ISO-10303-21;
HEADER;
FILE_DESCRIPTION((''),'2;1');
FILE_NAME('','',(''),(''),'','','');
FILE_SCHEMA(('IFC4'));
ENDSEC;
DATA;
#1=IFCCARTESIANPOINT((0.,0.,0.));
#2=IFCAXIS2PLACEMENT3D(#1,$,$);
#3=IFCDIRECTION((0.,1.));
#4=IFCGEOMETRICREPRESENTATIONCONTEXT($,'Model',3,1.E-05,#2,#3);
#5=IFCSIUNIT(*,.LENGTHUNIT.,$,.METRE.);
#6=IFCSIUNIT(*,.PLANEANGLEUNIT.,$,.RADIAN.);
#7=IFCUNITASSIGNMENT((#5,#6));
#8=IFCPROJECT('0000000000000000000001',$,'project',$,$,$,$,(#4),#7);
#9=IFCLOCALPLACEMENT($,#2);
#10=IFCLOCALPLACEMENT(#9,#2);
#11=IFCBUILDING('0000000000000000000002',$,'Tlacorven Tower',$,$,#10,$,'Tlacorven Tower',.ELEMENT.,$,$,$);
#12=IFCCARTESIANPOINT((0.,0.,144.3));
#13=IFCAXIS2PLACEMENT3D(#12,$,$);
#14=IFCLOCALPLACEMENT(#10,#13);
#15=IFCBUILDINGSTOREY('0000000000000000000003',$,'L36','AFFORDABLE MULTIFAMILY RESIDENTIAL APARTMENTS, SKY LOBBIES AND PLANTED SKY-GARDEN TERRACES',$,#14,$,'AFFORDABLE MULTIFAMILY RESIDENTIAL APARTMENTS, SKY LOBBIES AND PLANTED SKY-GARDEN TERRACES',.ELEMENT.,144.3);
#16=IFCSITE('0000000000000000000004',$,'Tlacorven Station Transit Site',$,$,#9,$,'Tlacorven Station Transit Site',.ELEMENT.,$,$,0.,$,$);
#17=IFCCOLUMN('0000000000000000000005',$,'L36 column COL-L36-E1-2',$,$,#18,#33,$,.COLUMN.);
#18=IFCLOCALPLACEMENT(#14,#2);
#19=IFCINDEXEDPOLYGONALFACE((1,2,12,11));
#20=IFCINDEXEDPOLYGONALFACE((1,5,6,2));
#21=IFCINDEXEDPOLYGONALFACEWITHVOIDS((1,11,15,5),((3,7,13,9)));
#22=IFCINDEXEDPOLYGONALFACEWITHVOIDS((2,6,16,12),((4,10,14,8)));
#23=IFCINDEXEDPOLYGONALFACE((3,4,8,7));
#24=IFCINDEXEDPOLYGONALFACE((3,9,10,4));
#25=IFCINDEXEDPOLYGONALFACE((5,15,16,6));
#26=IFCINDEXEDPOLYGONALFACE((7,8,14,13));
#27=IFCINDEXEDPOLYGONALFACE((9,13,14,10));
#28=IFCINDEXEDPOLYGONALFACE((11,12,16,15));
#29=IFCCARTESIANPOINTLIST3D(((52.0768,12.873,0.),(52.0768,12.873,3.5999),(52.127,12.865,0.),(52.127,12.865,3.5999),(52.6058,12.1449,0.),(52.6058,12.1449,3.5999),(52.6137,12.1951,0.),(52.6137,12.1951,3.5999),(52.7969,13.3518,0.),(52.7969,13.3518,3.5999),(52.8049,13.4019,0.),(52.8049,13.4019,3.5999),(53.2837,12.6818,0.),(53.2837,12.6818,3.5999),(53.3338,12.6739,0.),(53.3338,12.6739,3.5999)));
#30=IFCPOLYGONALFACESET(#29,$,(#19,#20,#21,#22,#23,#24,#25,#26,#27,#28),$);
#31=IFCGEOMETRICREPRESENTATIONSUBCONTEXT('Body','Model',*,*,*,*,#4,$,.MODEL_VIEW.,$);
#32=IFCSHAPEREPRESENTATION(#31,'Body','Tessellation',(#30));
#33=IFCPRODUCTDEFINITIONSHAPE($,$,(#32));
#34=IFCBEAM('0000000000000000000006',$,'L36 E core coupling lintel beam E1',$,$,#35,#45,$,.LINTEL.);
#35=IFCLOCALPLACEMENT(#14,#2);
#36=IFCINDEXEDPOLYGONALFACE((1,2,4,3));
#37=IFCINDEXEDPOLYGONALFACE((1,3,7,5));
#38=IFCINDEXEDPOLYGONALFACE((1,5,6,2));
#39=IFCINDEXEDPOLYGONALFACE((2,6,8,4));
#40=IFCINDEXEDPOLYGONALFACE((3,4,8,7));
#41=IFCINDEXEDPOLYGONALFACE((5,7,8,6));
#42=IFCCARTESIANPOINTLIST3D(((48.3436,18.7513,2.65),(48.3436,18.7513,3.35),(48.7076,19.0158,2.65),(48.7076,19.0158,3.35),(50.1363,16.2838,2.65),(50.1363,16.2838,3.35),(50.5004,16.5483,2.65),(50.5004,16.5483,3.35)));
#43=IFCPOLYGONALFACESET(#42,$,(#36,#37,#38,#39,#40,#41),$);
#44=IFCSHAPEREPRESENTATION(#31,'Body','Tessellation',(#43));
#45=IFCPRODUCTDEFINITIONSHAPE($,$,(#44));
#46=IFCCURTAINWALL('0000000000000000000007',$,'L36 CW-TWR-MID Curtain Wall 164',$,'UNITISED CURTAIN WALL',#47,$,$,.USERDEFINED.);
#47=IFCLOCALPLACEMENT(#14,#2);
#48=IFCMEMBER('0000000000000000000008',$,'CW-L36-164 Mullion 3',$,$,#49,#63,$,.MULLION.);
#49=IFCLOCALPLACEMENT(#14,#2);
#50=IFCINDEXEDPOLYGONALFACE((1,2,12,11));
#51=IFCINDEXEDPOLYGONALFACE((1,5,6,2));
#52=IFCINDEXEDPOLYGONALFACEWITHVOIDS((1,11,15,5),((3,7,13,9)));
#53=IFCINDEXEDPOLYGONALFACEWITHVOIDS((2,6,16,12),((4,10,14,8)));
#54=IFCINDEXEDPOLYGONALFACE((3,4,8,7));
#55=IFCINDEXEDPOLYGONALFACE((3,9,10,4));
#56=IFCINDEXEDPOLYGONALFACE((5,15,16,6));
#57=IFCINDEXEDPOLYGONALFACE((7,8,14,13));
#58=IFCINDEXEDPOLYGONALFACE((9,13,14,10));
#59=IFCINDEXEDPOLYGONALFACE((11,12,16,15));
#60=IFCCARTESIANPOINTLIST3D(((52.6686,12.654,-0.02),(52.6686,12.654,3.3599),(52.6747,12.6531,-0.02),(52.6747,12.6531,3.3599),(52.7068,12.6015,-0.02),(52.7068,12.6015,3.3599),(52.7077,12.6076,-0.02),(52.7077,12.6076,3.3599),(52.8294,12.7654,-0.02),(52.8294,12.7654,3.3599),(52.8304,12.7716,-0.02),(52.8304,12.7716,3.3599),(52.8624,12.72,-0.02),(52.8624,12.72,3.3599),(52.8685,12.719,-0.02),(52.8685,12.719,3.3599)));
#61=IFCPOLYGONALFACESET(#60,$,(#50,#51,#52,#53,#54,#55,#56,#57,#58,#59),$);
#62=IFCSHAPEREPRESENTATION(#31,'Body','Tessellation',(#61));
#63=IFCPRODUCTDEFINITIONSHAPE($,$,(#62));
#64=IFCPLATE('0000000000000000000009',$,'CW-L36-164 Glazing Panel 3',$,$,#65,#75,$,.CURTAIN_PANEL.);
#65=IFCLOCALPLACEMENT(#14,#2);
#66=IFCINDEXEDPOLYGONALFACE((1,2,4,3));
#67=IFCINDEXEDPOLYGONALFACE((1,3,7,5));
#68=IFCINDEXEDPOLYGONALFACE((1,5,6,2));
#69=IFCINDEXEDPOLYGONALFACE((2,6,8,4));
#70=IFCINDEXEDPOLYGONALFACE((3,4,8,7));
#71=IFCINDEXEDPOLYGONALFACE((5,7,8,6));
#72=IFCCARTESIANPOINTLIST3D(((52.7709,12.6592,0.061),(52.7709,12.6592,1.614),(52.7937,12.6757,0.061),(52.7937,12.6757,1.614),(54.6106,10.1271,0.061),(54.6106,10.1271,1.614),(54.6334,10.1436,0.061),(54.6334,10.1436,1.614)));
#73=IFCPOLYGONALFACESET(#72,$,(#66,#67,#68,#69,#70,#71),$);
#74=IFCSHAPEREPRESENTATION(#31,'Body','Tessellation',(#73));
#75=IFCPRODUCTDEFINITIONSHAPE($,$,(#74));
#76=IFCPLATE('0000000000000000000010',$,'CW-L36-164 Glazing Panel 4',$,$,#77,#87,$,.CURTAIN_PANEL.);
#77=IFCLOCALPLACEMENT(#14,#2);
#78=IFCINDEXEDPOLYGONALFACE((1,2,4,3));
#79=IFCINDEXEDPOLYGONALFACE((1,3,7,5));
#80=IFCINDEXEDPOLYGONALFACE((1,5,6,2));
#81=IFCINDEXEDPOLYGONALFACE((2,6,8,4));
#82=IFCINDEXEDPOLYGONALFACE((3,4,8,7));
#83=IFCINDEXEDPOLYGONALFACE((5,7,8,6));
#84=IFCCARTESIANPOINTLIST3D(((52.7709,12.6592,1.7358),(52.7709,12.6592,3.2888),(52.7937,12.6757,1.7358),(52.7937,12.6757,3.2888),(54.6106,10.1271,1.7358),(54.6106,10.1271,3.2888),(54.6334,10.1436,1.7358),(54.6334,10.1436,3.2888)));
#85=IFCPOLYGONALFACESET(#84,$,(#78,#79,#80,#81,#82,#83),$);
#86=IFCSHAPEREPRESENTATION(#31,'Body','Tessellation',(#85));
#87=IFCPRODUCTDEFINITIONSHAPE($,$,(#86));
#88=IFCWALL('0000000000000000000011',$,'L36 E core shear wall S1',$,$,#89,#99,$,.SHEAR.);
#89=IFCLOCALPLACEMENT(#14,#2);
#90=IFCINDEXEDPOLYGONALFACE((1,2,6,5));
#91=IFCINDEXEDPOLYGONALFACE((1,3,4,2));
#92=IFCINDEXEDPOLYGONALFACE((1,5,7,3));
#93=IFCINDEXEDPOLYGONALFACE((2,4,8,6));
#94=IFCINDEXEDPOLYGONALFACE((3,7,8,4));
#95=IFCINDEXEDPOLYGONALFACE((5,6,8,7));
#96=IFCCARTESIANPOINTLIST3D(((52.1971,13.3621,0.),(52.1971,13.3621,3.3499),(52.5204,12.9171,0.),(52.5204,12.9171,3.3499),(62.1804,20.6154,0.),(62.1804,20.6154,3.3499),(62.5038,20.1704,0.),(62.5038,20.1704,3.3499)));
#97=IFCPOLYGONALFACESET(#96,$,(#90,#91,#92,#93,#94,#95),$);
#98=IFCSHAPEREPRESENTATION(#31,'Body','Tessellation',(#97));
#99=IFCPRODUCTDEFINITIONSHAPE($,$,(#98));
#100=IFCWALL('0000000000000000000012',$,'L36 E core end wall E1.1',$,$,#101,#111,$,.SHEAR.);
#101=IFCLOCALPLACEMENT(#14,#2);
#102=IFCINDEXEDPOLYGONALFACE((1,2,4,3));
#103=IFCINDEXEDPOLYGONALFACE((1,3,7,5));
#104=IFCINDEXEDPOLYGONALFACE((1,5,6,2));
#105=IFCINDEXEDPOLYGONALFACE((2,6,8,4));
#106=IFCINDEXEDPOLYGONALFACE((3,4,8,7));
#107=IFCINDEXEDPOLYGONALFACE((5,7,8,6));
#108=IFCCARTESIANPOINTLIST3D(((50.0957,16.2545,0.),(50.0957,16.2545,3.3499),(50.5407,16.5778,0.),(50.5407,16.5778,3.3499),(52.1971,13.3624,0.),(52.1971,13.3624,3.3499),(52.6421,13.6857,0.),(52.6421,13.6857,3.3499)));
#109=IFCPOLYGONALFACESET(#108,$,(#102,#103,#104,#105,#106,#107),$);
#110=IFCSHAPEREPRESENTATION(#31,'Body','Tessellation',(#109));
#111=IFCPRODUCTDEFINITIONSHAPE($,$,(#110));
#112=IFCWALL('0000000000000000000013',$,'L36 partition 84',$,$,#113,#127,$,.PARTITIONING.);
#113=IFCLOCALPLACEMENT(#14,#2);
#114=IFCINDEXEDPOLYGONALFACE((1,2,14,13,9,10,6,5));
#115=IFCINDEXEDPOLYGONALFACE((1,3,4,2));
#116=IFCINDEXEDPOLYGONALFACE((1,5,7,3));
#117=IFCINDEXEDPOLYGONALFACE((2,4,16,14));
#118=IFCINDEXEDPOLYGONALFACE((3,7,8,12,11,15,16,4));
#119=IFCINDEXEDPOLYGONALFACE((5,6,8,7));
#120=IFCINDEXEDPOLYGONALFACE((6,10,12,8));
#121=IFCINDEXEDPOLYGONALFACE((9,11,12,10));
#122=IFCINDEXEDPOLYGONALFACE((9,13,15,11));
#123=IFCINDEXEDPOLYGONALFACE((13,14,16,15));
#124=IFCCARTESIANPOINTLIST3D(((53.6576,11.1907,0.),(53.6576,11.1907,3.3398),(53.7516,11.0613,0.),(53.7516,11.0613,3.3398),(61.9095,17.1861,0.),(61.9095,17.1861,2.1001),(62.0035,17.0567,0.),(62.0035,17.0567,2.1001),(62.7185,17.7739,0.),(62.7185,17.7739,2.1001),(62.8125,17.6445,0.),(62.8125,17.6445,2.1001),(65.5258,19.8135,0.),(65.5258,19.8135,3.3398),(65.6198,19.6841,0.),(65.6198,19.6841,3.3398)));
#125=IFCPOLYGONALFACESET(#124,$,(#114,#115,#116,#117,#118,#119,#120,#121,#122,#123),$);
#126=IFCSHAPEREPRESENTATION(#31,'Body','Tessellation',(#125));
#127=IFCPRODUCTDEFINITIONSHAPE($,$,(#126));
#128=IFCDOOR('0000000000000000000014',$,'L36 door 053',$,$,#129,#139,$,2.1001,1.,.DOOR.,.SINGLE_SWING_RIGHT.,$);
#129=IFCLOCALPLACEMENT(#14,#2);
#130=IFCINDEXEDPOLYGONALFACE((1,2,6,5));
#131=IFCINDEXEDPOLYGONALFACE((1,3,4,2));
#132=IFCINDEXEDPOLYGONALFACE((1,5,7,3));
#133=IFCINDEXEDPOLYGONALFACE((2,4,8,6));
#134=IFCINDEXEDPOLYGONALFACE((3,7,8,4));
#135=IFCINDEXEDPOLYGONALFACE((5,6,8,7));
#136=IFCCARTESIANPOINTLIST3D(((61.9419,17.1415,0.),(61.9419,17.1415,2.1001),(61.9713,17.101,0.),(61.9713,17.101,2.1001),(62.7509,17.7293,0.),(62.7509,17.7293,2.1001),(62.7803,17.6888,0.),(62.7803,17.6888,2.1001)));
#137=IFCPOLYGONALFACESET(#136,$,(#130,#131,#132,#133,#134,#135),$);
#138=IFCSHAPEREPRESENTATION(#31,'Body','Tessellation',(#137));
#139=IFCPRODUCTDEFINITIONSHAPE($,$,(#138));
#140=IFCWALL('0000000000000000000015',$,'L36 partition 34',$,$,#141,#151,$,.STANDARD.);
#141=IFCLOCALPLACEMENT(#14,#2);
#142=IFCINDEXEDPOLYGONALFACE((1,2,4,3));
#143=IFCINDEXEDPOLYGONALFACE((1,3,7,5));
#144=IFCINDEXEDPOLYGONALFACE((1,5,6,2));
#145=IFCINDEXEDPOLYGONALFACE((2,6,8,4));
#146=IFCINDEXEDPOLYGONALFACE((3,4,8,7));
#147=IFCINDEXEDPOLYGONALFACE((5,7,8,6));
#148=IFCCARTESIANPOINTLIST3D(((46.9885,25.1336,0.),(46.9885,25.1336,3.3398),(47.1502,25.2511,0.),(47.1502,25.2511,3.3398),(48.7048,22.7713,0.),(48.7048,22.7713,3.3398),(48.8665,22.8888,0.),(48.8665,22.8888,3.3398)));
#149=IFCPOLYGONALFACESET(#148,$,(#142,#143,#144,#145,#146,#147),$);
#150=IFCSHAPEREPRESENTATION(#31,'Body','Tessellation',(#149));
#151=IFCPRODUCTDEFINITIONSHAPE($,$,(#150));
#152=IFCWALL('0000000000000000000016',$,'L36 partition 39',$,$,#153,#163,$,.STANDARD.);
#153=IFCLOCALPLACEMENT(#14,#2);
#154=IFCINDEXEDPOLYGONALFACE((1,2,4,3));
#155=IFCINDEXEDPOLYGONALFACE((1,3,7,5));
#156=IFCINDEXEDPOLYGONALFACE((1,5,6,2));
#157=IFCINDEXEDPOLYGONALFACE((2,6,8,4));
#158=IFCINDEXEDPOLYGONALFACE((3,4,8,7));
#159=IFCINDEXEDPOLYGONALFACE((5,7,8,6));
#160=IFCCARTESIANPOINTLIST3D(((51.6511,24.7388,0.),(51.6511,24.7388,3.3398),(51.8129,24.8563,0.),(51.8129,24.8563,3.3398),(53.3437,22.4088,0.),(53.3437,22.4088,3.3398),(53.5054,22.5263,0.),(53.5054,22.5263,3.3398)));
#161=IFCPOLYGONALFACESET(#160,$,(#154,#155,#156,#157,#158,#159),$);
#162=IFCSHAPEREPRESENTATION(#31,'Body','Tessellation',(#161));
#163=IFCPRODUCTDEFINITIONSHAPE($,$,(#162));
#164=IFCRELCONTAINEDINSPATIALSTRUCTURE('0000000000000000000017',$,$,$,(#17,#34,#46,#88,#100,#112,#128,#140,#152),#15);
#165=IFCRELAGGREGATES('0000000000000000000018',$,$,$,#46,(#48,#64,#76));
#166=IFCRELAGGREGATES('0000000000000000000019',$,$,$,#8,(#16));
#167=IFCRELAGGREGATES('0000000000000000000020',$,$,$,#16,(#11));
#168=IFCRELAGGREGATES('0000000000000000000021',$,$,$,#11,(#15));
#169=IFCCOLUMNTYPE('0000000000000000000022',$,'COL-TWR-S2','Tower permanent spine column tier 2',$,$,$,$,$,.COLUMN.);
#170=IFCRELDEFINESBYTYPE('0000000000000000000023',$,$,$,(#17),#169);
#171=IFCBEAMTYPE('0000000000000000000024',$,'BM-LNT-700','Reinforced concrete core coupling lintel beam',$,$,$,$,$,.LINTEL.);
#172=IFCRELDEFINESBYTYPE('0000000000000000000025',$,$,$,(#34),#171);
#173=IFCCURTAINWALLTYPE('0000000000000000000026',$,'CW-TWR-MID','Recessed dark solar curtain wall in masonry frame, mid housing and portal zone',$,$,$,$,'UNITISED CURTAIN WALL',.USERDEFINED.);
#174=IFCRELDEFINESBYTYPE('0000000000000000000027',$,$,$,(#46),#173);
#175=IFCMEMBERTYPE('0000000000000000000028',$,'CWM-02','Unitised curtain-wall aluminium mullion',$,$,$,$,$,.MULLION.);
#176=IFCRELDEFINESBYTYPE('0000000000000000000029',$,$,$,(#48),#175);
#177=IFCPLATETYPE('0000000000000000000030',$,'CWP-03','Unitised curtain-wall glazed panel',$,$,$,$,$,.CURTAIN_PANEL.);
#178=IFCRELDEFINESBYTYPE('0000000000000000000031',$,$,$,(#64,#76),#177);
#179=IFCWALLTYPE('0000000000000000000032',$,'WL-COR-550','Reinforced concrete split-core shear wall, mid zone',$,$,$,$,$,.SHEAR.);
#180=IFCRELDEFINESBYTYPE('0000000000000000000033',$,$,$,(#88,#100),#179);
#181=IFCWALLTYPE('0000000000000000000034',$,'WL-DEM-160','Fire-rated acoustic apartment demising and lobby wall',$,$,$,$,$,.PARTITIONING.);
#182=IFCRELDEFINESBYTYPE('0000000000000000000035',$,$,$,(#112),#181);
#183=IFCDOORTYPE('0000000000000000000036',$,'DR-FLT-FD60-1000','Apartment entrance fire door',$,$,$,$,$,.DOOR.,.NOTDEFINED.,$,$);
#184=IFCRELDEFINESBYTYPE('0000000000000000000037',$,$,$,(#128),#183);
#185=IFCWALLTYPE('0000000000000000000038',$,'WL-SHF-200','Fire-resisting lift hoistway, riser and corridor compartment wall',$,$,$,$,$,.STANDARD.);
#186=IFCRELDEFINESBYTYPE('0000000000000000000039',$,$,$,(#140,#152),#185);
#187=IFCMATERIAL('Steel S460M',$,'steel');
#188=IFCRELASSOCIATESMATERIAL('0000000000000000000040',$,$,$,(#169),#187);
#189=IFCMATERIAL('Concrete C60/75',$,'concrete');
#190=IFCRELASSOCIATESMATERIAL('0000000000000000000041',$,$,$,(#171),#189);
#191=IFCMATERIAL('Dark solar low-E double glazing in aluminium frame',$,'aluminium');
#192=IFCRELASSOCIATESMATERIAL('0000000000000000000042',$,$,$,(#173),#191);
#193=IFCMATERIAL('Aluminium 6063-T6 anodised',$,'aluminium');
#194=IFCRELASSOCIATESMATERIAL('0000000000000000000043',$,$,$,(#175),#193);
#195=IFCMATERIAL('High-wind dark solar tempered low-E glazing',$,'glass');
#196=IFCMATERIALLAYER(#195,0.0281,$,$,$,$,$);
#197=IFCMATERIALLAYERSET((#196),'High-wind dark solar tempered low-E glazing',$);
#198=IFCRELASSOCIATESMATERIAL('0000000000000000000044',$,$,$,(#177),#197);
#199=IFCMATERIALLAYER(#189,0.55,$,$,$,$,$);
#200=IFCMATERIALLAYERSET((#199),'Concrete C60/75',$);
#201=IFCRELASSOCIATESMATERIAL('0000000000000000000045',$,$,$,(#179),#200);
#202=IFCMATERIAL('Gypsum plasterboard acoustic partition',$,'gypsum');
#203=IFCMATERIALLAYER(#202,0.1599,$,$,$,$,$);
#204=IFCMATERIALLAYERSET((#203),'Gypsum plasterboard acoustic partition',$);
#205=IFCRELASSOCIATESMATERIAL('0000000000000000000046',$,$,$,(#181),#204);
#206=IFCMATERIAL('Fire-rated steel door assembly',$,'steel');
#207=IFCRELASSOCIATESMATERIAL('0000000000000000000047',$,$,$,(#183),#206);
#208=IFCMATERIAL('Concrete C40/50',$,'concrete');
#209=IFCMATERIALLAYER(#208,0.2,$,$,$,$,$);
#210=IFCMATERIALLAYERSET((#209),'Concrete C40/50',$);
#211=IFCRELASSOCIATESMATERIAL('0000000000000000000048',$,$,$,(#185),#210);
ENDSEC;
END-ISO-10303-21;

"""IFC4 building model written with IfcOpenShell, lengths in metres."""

from ifc_helpers import new_model, si_unit, direction, frame, frame_2d, origin, origin_2d, place, context, subcontext, project, spatial, rectangle, hollow_rectangle, extrude, source, transform, mapped, material, layer, layer_set, material_profile, profile_set, type_object, element, fill, aggregate, save


model = new_model("IFC4")

# Units and contexts
model_context = context("Model", 3, precision=1e-05, world=origin(), true_north=direction((0.0, 1.0)))
body_context = subcontext(model_context, "Body", "Model", "MODEL_VIEW")
ifc_project = project(units=[si_unit("LENGTHUNIT", "METRE"), si_unit("PLANEANGLEUNIT", "RADIAN")], contexts=[model_context])

# Site, building, storey
site_placement = place(None, origin())
site = spatial("IfcSite", under=ifc_project, at=site_placement, Name="Tlacorven Station Transit Site", LongName="Tlacorven Station Transit Site", CompositionType="ELEMENT", RefElevation=0.0)
building_placement = place(site_placement, origin())
building = spatial("IfcBuilding", under=site, at=building_placement, Name="Tlacorven Tower", LongName="Tlacorven Tower", CompositionType="ELEMENT")
storey_placement = place(building_placement, frame((0.0, 0.0, 144.3)))
storey = spatial("IfcBuildingStorey", under=building, at=storey_placement, Name="L36", Description="AFFORDABLE MULTIFAMILY RESIDENTIAL APARTMENTS, SKY LOBBIES AND PLANTED SKY-GARDEN TERRACES", LongName="AFFORDABLE MULTIFAMILY RESIDENTIAL APARTMENTS, SKY LOBBIES AND PLANTED SKY-GARDEN TERRACES", CompositionType="ELEMENT", Elevation=144.3)

# Column
ifc_material_1 = material(Name="Steel S460M", Category="steel")
ifc_material_profile_1 = material_profile(ifc_material_1, hollow_rectangle(XDim=0.8999, YDim=0.8999, WallThickness=0.0359, at=origin_2d()), Name="BOX 900X900X36")
ifc_profile_set_1 = profile_set([ifc_material_profile_1], Name="Steel S460M")
column_type = type_object("IfcColumnType", Name="COL-TWR-S2", Description="Tower permanent spine column tier 2", PredefinedType="COLUMN", material=ifc_profile_set_1)
shared_shape_1 = source(origin(), body_context, "Body", "SweptSolid", [
    extrude(hollow_rectangle(XDim=0.8999, YDim=0.8999, WallThickness=0.0359, at=origin_2d()), origin(), (0.0, 0.0, 1.0), 3.5999),
])
column_placement = place(storey_placement, frame((52.7053, 12.7734, 0.0), z_axis=(0.0, 0.0, 1.0), x_axis=(0.809017, 0.587785, 0.0)))
element("IfcColumn", 1, at=column_placement, inside=storey, type_object=column_type, Name="L36 column COL-L36-E1-2", PredefinedType="COLUMN", context=body_context, shape_type="MappedRepresentation", body=[
    mapped(shared_shape_1, transform((0.0, 0.0, 0.0), scale=1.0)),
])

# Beam
ifc_material_2 = material(Name="Concrete C60/75", Category="concrete")
ifc_material_profile_2 = material_profile(ifc_material_2, rectangle(XDim=0.45, YDim=0.7, at=origin_2d()), Name="RC 450X700")
ifc_profile_set_2 = profile_set([ifc_material_profile_2], Name="Concrete C60/75")
beam_type = type_object("IfcBeamType", Name="BM-LNT-700", Description="Reinforced concrete core coupling lintel beam", PredefinedType="LINTEL", material=ifc_profile_set_2)
shared_shape_2 = source(origin(), body_context, "Body", "SweptSolid", [
    extrude(rectangle(XDim=0.45, YDim=0.7, at=origin_2d()), origin(), (0.0, 0.0, 1.0), 3.05),
])
beam_placement = place(storey_placement, frame((50.3184, 16.416, 3.0), z_axis=(-0.587777, 0.809023, 0.0), x_axis=(-0.809023, -0.587777, 0.0)))
element("IfcBeam", 2, at=beam_placement, inside=storey, type_object=beam_type, Name="L36 E core coupling lintel beam E1", PredefinedType="LINTEL", context=body_context, shape_type="MappedRepresentation", body=[
    mapped(shared_shape_2, transform((0.0, 0.0, 0.0), scale=1.0)),
])

# Curtain wall, member, plates
ifc_material_3 = material(Name="Dark solar low-E double glazing in aluminium frame", Category="aluminium")
curtain_wall_type = type_object("IfcCurtainWallType", Name="CW-TWR-MID", Description="Recessed dark solar curtain wall in masonry frame, mid housing and portal zone", ElementType="UNITISED CURTAIN WALL", PredefinedType="USERDEFINED", material=ifc_material_3)
curtain_wall_placement = place(storey_placement, origin())
curtain_wall = element("IfcCurtainWall", 3, at=curtain_wall_placement, inside=storey, type_object=curtain_wall_type, Name="L36 CW-TWR-MID Curtain Wall 164", ObjectType="UNITISED CURTAIN WALL", PredefinedType="USERDEFINED")
ifc_material_4 = material(Name="Aluminium 6063-T6 anodised", Category="aluminium")
ifc_material_profile_3 = material_profile(ifc_material_4, hollow_rectangle(XDim=0.0649, YDim=0.2, WallThickness=0.0044, at=origin_2d()), Name="ALU MULLION 65X200")
ifc_profile_set_3 = profile_set([ifc_material_profile_3], Name="Aluminium 6063-T6 anodised")
member_type = type_object("IfcMemberType", Name="CWM-02", Description="Unitised curtain-wall aluminium mullion", PredefinedType="MULLION", material=ifc_profile_set_3)
shared_shape_3 = source(origin(), body_context, "Body", "SweptSolid", [
    extrude(hollow_rectangle(XDim=0.0649, YDim=0.2, WallThickness=0.0044, at=origin_2d()), origin(), (0.0, 0.0, 1.0), 3.3799),
])
member_placement = place(storey_placement, frame((52.7686, 12.6865, -0.02), z_axis=(0.0, 0.0, 1.0), x_axis=(-0.587785, 0.809017, 0.0)))
member = element("IfcMember", 4, at=member_placement, type_object=member_type, Name="CW-L36-164 Mullion 3", PredefinedType="MULLION", context=body_context, shape_type="MappedRepresentation", body=[
    mapped(shared_shape_3, transform((0.0, 0.0, 0.0), scale=1.0)),
])
ifc_material_5 = material(Name="High-wind dark solar tempered low-E glazing", Category="glass")
ifc_layer_1 = layer(ifc_material_5, 0.0281)
ifc_layer_set_1 = layer_set([ifc_layer_1], Name="High-wind dark solar tempered low-E glazing")
plate_type = type_object("IfcPlateType", Name="CWP-03", Description="Unitised curtain-wall glazed panel", PredefinedType="CURTAIN_PANEL", material=ifc_layer_set_1)
shared_shape_4 = source(origin(), body_context, "Body", "SweptSolid", [
    extrude(rectangle(XDim=3.1299, YDim=0.0281, at=origin_2d()), origin(), (0.0, 0.0, 1.0), 1.553),
])
plate_1_placement = place(storey_placement, frame((53.7021, 11.4014, 0.061), z_axis=(0.0, 0.0, 1.0), x_axis=(-0.587785, 0.809017, 0.0)))
plate_1 = element("IfcPlate", 5, at=plate_1_placement, type_object=plate_type, Name="CW-L36-164 Glazing Panel 3", PredefinedType="CURTAIN_PANEL", context=body_context, shape_type="MappedRepresentation", body=[
    mapped(shared_shape_4, transform((0.0, 0.0, 0.0), scale=1.0)),
])
plate_2_placement = place(storey_placement, frame((53.7021, 11.4014, 1.7358), z_axis=(0.0, 0.0, 1.0), x_axis=(-0.587785, 0.809017, 0.0)))
plate_2 = element("IfcPlate", 6, at=plate_2_placement, type_object=plate_type, Name="CW-L36-164 Glazing Panel 4", PredefinedType="CURTAIN_PANEL", context=body_context, shape_type="MappedRepresentation", body=[
    mapped(shared_shape_4, transform((0.0, 0.0, 0.0), scale=1.0)),
])
aggregate(curtain_wall, [member, plate_1, plate_2])

# Walls
ifc_layer_2 = layer(ifc_material_2, 0.55)
ifc_layer_set_2 = layer_set([ifc_layer_2], Name="Concrete C60/75")
wall_type_1 = type_object("IfcWallType", Name="WL-COR-550", Description="Reinforced concrete split-core shear wall, mid zone", PredefinedType="SHEAR", material=ifc_layer_set_2)
wall_1_placement = place(storey_placement, frame((52.3589, 13.1396, 0.0), z_axis=(0.0, 0.0, 1.0), x_axis=(0.809015, 0.587788, 0.0)))
element("IfcWall", 7, at=wall_1_placement, inside=storey, type_object=wall_type_1, Name="L36 E core shear wall S1", PredefinedType="SHEAR", context=body_context, shape_type="SweptSolid", body=[
    extrude(rectangle(XDim=12.3401, YDim=0.55, at=frame_2d((6.1699, 0.0))), origin(), (0.0, 0.0, 1.0), 3.3499),
])
wall_2_placement = place(storey_placement, frame((52.4197, 13.5239, 0.0), z_axis=(0.0, 0.0, 1.0), x_axis=(-0.587802, 0.809005, 0.0)))
element("IfcWall", 8, at=wall_2_placement, inside=storey, type_object=wall_type_1, Name="L36 E core end wall E1.1", PredefinedType="SHEAR", context=body_context, shape_type="SweptSolid", body=[
    extrude(rectangle(XDim=3.575, YDim=0.55, at=frame_2d((1.7876, 0.0))), origin(), (0.0, 0.0, 1.0), 3.3499),
])

# Wall, opening, door
ifc_material_6 = material(Name="Gypsum plasterboard acoustic partition", Category="gypsum")
ifc_layer_3 = layer(ifc_material_6, 0.1599)
ifc_layer_set_3 = layer_set([ifc_layer_3], Name="Gypsum plasterboard acoustic partition")
wall_type_2 = type_object("IfcWallType", Name="WL-DEM-160", Description="Fire-rated acoustic apartment demising and lobby wall", PredefinedType="PARTITIONING", material=ifc_layer_set_3)
wall_3_placement = place(storey_placement, frame((53.7046, 11.126, 0.0), z_axis=(0.0, 0.0, 1.0), x_axis=(0.809015, 0.587789, 0.0)))
wall_3 = element("IfcWall", 9, at=wall_3_placement, inside=storey, type_object=wall_type_2, Name="L36 partition 84", PredefinedType="PARTITIONING", context=body_context, shape_type="SweptSolid", body=[
    extrude(rectangle(XDim=14.6699, YDim=0.1599, at=frame_2d((7.335, 0.0))), origin(), (0.0, 0.0, 1.0), 3.3398),
])
opening_1_placement = place(wall_3_placement, frame((10.2, 0.0, 0.0)))
opening_1 = element("IfcOpeningElement", 10, at=opening_1_placement, cuts=wall_3, PredefinedType="OPENING", context=body_context, shape_type="SweptSolid", body=[
    extrude(rectangle(XDim=1.0, YDim=2.1001, at=frame_2d((0.5, 1.05))), frame((0.0, 0.0898, 0.0), z_axis=(0.0, -1.0, 0.0), x_axis=(1.0, 0.0, 0.0)), (0.0, 0.0, 1.0), 0.1799),
])
ifc_material_7 = material(Name="Fire-rated steel door assembly", Category="steel")
door_type_1 = type_object("IfcDoorType", Name="DR-FLT-FD60-1000", Description="Apartment entrance fire door", OperationType="NOTDEFINED", PredefinedType="DOOR", material=ifc_material_7)
shared_shape_5 = source(origin(), body_context, "Body", "SweptSolid", [
    extrude(rectangle(XDim=1.0, YDim=2.1001, at=frame_2d((0.5, 1.05))), frame((0.0, 0.0249, 0.0), z_axis=(0.0, -1.0, 0.0), x_axis=(1.0, 0.0, 0.0)), (0.0, 0.0, 1.0), 0.05),
])
door_1_placement = place(opening_1_placement, origin())
door_1 = element("IfcDoor", 11, at=door_1_placement, inside=storey, type_object=door_type_1, Name="L36 door 053", OperationType="SINGLE_SWING_RIGHT", OverallHeight=2.1001, OverallWidth=1.0, PredefinedType="DOOR", context=body_context, shape_type="MappedRepresentation", body=[
    mapped(shared_shape_5, transform((0.0, 0.0, 0.0), scale=1.0)),
])
fill(opening_1, door_1)

# Walls
ifc_material_8 = material(Name="Concrete C40/50", Category="concrete")
ifc_layer_4 = layer(ifc_material_8, 0.2)
ifc_layer_set_4 = layer_set([ifc_layer_4], Name="Concrete C40/50")
wall_type_3 = type_object("IfcWallType", Name="WL-SHF-200", Description="Fire-resisting lift hoistway, riser and corridor compartment wall", PredefinedType="STANDARD", material=ifc_layer_set_4)
wall_4_placement = place(storey_placement, frame((48.7856, 22.8301, 0.0), z_axis=(0.0, 0.0, 1.0), x_axis=(-0.587784, 0.809018, 0.0)))
element("IfcWall", 12, at=wall_4_placement, inside=storey, type_object=wall_type_3, Name="L36 partition 34", PredefinedType="STANDARD", context=body_context, shape_type="SweptSolid", body=[
    extrude(rectangle(XDim=2.9199, YDim=0.2, at=frame_2d((1.46, 0.0))), origin(), (0.0, 0.0, 1.0), 3.3398),
])
wall_5_placement = place(storey_placement, frame((53.4246, 22.4675, 0.0), z_axis=(0.0, 0.0, 1.0), x_axis=(-0.587723, 0.809062, 0.0)))
element("IfcWall", 13, at=wall_5_placement, inside=storey, type_object=wall_type_3, Name="L36 partition 39", PredefinedType="STANDARD", context=body_context, shape_type="SweptSolid", body=[
    extrude(rectangle(XDim=2.8799, YDim=0.2, at=frame_2d((1.4399, 0.0))), origin(), (0.0, 0.0, 1.0), 3.3398),
])

save(model, "model.ifc")
